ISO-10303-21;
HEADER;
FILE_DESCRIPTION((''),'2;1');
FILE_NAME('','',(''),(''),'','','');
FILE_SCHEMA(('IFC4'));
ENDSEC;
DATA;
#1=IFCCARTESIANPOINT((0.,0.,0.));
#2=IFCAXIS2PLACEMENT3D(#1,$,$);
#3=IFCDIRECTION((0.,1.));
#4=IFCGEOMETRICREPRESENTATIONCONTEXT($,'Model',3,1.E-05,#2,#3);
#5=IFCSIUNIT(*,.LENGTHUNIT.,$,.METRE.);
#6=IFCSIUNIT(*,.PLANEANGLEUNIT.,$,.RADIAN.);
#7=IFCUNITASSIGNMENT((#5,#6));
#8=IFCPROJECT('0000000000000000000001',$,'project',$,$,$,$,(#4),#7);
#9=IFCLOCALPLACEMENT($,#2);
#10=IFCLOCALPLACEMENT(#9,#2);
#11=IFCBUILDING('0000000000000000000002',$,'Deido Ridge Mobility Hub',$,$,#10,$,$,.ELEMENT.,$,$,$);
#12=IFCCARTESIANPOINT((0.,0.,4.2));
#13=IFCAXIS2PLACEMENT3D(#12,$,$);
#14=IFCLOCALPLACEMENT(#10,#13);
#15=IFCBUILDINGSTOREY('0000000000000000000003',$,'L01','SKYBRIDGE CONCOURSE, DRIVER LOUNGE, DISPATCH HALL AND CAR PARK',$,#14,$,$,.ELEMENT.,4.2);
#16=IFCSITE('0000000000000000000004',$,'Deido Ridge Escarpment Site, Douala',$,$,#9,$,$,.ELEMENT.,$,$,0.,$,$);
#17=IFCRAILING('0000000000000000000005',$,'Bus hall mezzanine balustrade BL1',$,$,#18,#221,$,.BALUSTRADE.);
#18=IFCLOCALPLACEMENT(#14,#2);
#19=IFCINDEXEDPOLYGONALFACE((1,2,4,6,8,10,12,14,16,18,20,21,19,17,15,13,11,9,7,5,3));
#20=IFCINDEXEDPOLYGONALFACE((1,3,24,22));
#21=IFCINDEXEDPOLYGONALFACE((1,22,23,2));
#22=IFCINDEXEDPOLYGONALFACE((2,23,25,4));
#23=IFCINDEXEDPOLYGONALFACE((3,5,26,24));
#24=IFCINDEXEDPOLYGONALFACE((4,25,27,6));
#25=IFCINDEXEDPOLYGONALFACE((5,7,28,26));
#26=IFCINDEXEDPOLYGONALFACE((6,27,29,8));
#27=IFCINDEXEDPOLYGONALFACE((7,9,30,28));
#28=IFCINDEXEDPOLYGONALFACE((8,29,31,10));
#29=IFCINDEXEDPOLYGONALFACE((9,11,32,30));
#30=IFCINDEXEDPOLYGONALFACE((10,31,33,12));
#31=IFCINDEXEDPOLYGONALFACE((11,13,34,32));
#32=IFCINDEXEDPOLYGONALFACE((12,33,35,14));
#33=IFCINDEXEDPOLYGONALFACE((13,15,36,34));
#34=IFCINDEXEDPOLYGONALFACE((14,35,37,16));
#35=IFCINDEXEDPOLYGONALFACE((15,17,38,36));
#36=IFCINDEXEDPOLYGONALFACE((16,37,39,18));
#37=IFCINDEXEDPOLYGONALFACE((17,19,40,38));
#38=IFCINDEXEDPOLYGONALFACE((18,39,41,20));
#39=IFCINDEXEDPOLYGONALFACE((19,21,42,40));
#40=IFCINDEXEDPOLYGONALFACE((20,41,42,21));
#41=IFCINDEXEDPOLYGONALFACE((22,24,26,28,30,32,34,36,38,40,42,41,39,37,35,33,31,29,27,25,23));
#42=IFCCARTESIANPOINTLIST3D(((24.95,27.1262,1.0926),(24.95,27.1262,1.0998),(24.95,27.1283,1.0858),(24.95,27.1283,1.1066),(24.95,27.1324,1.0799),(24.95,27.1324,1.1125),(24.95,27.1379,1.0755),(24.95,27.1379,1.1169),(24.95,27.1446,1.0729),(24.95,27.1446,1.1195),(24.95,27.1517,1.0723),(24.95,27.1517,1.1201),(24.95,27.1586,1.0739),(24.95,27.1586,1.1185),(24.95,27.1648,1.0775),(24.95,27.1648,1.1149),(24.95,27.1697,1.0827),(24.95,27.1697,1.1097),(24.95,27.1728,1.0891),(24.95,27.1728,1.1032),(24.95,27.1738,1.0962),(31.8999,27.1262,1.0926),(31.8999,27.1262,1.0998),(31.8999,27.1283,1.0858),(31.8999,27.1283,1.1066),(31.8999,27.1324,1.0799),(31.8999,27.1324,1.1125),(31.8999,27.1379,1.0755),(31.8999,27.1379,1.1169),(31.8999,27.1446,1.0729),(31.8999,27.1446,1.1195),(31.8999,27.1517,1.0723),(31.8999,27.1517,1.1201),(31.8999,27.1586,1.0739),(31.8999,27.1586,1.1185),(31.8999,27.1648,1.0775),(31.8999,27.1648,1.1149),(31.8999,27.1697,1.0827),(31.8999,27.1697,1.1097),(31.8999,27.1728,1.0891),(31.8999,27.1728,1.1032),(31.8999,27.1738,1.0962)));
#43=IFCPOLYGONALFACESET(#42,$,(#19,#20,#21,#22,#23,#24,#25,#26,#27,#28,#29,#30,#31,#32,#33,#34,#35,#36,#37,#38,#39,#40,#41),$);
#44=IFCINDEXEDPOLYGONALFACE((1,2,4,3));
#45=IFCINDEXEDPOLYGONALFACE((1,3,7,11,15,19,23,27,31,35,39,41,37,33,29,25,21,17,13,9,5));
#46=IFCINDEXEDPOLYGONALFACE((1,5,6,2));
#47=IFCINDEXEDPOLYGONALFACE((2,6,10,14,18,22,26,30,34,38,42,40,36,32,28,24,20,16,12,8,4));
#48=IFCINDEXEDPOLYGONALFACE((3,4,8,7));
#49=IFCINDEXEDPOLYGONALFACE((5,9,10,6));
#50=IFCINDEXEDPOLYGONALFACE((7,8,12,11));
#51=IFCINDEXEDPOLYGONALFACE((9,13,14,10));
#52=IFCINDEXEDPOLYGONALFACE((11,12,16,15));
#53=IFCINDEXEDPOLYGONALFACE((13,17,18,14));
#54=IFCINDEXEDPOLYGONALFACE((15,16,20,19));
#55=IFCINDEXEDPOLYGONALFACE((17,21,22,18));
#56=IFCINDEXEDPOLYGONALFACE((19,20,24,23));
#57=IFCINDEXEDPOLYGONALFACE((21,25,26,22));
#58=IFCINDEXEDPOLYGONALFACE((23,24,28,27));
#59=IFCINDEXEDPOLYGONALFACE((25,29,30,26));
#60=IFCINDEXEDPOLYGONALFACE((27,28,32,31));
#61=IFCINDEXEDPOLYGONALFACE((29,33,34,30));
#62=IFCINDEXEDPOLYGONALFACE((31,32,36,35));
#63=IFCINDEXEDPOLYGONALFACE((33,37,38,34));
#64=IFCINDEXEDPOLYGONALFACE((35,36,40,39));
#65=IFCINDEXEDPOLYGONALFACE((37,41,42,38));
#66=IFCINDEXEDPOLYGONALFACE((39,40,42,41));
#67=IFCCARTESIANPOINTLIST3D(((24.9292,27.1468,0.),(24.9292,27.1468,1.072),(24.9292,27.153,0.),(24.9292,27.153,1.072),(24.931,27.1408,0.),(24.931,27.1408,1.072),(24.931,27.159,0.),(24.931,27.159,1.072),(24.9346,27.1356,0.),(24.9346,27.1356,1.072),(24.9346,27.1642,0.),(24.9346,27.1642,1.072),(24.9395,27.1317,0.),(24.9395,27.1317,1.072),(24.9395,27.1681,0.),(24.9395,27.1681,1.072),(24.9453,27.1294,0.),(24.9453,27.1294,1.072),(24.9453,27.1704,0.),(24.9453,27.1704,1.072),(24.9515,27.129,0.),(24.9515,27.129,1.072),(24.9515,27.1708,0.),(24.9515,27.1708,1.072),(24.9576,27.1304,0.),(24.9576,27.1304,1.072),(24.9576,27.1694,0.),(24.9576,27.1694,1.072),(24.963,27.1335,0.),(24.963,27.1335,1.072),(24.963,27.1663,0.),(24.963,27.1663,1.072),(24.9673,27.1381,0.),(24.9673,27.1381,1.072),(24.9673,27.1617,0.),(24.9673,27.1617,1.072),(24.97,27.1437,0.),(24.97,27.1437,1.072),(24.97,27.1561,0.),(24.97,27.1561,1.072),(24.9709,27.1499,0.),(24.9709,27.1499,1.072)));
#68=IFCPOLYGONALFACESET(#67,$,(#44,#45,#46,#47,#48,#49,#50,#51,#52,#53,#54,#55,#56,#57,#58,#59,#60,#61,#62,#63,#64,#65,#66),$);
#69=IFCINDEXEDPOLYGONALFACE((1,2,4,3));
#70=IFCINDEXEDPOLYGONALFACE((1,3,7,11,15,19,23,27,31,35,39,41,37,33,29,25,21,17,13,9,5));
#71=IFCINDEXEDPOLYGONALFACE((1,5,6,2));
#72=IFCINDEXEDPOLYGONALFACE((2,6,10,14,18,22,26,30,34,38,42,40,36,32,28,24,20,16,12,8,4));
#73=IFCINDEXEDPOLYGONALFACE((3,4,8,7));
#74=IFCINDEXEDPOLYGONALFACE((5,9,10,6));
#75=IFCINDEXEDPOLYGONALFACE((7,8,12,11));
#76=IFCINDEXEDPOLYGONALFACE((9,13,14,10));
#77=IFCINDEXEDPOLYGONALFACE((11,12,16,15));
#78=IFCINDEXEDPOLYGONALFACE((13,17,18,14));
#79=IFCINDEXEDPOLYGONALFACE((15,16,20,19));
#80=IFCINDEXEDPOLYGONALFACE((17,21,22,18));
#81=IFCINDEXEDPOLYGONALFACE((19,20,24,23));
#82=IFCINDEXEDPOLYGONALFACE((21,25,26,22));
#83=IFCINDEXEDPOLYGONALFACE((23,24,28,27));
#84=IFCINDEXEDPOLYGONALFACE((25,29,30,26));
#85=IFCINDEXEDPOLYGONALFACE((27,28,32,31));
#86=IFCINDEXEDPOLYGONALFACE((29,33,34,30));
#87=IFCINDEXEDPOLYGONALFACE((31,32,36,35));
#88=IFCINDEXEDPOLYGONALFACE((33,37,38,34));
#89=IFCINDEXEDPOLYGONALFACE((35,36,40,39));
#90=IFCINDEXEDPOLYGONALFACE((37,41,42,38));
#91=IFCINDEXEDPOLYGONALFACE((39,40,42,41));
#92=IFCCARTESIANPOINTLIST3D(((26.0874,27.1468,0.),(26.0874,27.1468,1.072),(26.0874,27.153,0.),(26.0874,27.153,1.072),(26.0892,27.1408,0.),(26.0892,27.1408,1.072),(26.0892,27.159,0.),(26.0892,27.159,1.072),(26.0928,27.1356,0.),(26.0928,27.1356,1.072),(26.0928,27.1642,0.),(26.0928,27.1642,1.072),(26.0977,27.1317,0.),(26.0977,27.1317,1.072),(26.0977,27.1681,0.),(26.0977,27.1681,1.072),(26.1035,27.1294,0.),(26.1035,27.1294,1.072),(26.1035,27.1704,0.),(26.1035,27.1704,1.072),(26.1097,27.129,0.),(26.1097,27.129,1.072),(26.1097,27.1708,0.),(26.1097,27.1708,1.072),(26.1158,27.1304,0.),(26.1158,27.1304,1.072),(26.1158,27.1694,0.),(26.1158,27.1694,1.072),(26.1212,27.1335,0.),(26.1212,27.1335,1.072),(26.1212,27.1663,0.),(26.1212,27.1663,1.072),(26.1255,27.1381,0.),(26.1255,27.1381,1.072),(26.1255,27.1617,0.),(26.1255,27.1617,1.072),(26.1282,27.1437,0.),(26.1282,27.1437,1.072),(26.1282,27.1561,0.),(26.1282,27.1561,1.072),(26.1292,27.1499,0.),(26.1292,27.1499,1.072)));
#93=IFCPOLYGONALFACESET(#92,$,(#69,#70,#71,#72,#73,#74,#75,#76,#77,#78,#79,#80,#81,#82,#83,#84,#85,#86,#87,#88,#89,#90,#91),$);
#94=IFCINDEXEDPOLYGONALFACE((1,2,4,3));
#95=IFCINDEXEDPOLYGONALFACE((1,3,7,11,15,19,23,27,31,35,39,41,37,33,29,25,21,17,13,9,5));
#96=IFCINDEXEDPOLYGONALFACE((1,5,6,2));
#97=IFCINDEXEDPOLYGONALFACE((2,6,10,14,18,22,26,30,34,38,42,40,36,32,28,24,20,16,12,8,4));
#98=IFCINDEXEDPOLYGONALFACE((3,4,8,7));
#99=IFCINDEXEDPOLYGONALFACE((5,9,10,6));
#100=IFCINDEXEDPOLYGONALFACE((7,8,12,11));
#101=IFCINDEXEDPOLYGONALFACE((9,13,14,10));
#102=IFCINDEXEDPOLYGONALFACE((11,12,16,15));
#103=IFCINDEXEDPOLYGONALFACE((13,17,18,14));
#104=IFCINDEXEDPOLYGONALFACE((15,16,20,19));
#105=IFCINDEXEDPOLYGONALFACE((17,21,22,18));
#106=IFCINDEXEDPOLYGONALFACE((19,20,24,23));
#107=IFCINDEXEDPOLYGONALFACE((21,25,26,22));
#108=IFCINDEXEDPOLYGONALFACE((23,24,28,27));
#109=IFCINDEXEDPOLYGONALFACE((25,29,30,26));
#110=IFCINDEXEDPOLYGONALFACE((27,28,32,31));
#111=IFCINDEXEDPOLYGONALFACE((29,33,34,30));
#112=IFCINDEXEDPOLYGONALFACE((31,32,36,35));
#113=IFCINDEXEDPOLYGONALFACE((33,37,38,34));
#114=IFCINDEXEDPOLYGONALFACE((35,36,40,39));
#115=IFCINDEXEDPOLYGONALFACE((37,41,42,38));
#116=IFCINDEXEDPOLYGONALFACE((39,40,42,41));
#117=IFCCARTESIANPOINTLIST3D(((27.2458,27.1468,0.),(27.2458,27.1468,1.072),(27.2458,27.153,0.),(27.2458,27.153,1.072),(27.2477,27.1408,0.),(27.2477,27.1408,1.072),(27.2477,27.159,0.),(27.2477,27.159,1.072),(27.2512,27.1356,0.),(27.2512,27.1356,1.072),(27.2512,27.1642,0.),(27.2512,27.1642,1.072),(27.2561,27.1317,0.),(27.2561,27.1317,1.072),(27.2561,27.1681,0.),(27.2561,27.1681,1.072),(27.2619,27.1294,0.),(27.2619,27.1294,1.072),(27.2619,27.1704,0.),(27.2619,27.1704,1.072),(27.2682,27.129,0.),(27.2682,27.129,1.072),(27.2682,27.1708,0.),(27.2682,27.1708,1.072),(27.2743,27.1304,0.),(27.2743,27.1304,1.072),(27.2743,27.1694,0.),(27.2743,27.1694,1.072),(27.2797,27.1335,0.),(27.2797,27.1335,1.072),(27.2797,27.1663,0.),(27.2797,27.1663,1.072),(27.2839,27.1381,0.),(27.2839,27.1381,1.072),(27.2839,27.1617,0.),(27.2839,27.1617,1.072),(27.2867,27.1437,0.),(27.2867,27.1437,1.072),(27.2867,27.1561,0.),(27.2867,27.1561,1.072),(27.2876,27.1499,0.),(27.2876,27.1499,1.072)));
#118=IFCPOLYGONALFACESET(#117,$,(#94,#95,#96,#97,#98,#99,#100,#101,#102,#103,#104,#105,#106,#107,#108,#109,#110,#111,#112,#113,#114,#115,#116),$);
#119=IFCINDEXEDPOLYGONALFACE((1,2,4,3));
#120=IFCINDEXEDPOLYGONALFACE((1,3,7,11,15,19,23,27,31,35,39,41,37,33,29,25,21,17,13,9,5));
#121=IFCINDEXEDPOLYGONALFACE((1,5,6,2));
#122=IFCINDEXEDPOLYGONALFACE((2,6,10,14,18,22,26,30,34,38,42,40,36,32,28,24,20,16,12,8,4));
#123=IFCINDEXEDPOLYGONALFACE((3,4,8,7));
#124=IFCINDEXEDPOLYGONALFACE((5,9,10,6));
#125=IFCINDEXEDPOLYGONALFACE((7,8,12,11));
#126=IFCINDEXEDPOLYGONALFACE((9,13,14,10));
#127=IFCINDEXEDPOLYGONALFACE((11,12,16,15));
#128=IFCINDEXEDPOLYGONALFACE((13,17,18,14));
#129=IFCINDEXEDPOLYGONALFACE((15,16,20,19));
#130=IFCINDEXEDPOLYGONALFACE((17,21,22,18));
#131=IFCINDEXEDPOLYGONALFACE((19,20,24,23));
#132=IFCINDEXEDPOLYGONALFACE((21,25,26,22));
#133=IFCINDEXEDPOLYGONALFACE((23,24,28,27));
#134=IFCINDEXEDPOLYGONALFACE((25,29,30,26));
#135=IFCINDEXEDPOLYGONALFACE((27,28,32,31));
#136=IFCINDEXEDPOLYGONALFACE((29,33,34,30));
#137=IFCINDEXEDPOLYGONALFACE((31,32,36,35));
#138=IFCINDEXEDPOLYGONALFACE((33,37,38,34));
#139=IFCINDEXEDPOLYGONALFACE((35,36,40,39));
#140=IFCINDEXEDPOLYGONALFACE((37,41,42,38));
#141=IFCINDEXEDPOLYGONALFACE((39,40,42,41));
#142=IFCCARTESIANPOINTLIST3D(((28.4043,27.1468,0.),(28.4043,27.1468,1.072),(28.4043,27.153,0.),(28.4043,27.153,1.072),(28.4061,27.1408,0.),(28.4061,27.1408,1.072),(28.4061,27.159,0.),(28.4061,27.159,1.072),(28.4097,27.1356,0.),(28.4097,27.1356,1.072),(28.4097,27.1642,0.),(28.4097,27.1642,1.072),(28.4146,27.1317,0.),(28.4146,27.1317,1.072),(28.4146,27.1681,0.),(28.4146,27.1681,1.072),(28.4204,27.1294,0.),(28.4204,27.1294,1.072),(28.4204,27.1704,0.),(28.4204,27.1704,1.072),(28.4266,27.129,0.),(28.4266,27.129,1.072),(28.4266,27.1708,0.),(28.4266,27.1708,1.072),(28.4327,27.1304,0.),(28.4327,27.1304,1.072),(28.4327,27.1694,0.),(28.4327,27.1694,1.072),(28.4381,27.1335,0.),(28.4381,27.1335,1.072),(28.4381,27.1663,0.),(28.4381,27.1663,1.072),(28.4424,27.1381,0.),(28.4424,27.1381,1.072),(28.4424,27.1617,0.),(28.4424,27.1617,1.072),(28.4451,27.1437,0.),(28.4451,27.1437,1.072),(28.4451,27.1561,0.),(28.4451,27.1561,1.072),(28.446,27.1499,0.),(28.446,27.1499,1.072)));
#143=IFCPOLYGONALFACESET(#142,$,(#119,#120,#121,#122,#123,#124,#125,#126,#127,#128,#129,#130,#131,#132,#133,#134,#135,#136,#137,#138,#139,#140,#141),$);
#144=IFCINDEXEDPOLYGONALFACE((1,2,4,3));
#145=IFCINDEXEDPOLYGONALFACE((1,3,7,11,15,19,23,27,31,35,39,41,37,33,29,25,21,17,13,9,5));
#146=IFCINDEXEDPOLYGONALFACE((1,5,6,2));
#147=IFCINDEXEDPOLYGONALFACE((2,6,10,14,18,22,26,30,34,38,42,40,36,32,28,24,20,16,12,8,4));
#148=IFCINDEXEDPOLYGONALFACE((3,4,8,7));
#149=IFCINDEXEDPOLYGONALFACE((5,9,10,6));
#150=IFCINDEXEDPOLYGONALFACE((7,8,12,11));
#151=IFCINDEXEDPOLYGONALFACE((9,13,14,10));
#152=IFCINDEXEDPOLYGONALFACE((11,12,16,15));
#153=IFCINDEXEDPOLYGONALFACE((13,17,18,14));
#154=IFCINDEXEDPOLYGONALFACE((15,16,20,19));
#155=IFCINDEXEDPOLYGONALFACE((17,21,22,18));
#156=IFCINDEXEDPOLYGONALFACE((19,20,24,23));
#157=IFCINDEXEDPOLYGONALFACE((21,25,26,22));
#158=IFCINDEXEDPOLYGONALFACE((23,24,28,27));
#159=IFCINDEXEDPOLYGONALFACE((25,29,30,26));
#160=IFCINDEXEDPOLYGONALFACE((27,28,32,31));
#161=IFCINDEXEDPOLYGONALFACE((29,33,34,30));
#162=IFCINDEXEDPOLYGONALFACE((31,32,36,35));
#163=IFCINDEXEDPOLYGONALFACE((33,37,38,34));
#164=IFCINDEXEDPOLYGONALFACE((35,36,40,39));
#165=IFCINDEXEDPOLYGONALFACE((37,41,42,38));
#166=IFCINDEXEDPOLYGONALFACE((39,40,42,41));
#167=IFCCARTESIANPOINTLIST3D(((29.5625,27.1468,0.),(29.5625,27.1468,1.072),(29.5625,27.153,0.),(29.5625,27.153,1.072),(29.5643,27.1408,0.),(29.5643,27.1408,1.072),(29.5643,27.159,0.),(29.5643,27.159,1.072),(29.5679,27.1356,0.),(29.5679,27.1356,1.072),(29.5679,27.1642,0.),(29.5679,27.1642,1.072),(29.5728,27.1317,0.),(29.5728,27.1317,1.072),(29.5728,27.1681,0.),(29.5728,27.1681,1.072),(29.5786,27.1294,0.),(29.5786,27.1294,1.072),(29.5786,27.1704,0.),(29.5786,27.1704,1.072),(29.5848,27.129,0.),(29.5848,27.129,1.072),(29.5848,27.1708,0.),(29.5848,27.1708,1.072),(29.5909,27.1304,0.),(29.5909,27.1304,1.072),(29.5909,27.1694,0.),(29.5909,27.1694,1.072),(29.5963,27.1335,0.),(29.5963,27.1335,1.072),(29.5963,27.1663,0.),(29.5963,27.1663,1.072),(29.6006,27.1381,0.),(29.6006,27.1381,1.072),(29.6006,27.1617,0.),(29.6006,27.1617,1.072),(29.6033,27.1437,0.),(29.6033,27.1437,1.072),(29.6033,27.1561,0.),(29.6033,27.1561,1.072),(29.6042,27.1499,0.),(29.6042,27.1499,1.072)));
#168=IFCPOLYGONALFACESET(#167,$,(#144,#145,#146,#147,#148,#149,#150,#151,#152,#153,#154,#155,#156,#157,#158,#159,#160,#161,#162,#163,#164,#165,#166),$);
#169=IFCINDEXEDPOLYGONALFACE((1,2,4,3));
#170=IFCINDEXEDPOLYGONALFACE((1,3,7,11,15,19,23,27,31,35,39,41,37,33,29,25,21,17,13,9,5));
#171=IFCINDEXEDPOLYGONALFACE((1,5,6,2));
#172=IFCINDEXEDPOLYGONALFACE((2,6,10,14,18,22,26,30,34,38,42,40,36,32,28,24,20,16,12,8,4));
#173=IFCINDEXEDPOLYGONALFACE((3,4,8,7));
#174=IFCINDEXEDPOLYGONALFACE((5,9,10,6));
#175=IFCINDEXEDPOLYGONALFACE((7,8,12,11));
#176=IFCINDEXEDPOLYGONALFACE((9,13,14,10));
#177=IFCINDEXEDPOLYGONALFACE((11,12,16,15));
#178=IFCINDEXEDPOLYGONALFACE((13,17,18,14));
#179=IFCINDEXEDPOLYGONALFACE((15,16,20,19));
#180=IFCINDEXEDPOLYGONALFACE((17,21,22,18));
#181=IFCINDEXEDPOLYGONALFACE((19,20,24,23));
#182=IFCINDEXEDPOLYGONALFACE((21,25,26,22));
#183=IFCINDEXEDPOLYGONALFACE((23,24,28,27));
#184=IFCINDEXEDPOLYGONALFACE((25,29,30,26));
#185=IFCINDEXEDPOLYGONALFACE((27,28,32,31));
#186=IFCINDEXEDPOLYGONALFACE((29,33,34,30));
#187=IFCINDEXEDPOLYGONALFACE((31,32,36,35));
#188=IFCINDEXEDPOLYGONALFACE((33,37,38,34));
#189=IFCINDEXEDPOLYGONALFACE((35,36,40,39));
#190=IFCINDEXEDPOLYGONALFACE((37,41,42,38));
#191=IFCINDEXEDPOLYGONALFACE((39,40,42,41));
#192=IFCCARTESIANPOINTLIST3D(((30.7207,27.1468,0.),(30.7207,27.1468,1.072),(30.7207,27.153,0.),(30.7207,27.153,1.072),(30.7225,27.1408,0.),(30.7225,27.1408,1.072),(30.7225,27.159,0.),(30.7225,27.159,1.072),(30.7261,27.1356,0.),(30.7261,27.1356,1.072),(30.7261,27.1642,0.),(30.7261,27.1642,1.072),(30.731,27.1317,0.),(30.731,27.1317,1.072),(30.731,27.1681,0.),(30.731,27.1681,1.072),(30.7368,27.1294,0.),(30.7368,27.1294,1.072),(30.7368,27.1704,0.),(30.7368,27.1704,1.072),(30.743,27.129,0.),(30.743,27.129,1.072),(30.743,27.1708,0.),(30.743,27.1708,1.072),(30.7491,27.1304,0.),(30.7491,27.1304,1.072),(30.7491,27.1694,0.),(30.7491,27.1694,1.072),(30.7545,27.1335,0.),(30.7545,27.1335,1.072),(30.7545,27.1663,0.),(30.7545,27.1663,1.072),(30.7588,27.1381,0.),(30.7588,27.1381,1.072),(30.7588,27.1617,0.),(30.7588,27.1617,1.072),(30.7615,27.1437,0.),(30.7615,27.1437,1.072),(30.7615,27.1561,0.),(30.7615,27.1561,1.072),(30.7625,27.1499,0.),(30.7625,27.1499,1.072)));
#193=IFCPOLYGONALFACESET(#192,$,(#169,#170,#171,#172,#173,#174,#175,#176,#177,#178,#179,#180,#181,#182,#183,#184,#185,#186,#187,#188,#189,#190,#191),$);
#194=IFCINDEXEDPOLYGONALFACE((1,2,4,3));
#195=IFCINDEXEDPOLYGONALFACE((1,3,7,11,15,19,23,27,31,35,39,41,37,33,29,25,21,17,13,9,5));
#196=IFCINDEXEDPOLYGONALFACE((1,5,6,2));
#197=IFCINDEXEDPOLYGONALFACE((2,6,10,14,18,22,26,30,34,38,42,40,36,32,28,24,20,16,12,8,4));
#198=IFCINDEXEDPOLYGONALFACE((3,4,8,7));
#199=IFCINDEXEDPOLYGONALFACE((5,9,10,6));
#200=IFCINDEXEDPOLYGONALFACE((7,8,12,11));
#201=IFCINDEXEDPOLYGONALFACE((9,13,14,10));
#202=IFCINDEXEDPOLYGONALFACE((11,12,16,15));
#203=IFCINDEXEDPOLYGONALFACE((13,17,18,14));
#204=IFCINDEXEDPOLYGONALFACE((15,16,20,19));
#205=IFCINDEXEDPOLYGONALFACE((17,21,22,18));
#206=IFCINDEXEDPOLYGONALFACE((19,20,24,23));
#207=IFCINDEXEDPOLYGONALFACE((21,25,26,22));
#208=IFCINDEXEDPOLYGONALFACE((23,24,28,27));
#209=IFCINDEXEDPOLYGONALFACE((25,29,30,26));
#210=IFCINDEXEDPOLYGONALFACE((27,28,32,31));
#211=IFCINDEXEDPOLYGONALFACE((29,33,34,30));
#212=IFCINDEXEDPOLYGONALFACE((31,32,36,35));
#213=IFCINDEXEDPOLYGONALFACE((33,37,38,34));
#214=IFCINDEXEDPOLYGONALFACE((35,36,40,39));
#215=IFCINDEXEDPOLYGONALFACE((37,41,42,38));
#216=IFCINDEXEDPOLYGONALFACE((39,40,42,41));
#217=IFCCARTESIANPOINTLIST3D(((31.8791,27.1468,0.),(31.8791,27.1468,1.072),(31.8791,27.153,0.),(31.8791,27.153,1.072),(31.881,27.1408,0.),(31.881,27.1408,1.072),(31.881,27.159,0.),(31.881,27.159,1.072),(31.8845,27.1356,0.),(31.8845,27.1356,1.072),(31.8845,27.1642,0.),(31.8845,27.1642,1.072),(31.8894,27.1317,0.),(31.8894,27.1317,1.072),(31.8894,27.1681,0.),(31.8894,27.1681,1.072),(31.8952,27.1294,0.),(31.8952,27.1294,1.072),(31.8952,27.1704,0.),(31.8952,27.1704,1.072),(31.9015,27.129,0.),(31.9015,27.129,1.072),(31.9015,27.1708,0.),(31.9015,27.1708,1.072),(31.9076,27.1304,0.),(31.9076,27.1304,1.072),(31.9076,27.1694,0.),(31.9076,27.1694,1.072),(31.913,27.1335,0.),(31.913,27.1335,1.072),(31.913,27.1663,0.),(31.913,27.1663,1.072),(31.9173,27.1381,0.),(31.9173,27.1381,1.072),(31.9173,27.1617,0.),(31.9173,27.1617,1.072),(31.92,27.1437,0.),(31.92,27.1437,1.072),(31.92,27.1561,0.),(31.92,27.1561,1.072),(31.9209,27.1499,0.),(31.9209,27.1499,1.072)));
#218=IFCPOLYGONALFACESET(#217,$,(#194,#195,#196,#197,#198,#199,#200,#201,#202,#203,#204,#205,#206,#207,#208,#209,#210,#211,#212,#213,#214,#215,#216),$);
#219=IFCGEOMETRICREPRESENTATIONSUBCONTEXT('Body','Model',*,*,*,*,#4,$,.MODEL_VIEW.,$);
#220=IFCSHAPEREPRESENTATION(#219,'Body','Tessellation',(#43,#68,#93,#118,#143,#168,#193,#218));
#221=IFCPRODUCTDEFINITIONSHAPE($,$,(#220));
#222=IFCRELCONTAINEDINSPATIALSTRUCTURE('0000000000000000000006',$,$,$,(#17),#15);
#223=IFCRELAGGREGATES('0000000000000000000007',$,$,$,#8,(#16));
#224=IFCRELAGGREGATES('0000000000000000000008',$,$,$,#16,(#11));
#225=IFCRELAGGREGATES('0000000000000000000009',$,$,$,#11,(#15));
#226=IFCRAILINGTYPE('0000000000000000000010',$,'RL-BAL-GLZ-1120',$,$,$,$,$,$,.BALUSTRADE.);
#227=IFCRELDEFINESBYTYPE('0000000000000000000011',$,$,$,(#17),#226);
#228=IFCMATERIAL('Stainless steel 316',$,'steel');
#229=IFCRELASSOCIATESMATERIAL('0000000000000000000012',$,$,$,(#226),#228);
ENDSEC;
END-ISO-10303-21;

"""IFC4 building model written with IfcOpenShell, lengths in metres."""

from ifc_helpers import new_model, si_unit, direction, frame, origin, origin_2d, place, context, subcontext, project, spatial, circle, extrude, material, type_object, element, save


model = new_model("IFC4")

# Units and contexts
model_context = context("Model", 3, precision=1e-05, world=origin(), true_north=direction((0.0, 1.0)))
body_context = subcontext(model_context, "Body", "Model", "MODEL_VIEW")
ifc_project = project(units=[si_unit("LENGTHUNIT", "METRE"), si_unit("PLANEANGLEUNIT", "RADIAN")], contexts=[model_context])

# Site, building, storey
site_placement = place(None, origin())
site = spatial("IfcSite", under=ifc_project, at=site_placement, Name="Deido Ridge Escarpment Site, Douala", CompositionType="ELEMENT", RefElevation=0.0)
building_placement = place(site_placement, origin())
building = spatial("IfcBuilding", under=site, at=building_placement, Name="Deido Ridge Mobility Hub", CompositionType="ELEMENT")
storey_placement = place(building_placement, frame((0.0, 0.0, 4.2)))
storey = spatial("IfcBuildingStorey", under=building, at=storey_placement, Name="L01", Description="SKYBRIDGE CONCOURSE, DRIVER LOUNGE, DISPATCH HALL AND CAR PARK", CompositionType="ELEMENT", Elevation=4.2)

# Railing
ifc_material_1 = material(Name="Stainless steel 316", Category="steel")
railing_type = type_object("IfcRailingType", Name="RL-BAL-GLZ-1120", PredefinedType="BALUSTRADE", material=ifc_material_1)
railing_placement = place(storey_placement, frame((24.95, 27.1499, 0.0)))
element("IfcRailing", 1, at=railing_placement, inside=storey, type_object=railing_type, Name="Bus hall mezzanine balustrade BL1", PredefinedType="BALUSTRADE", context=body_context, shape_type="SweptSolid", body=[
    extrude(circle(Radius=0.0239, at=origin_2d()), frame((0.0, 0.0, 1.0962), z_axis=(1.0, 0.0, 0.0), x_axis=(0.0, 1.0, 0.0)), (0.0, 0.0, 1.0), 6.95),
    extrude(circle(Radius=0.021, at=origin_2d()), origin(), (0.0, 0.0, 1.0), 1.072),
    extrude(circle(Radius=0.021, at=origin_2d()), frame((1.1582, 0.0, 0.0)), (0.0, 0.0, 1.0), 1.072),
    extrude(circle(Radius=0.021, at=origin_2d()), frame((2.3167, 0.0, 0.0)), (0.0, 0.0, 1.0), 1.072),
    extrude(circle(Radius=0.021, at=origin_2d()), frame((3.4751, 0.0, 0.0)), (0.0, 0.0, 1.0), 1.072),
    extrude(circle(Radius=0.021, at=origin_2d()), frame((4.6333, 0.0, 0.0)), (0.0, 0.0, 1.0), 1.072),
    extrude(circle(Radius=0.021, at=origin_2d()), frame((5.7915, 0.0, 0.0)), (0.0, 0.0, 1.0), 1.072),
    extrude(circle(Radius=0.021, at=origin_2d()), frame((6.95, 0.0, 0.0)), (0.0, 0.0, 1.0), 1.072),
])

save(model, "model.ifc")
